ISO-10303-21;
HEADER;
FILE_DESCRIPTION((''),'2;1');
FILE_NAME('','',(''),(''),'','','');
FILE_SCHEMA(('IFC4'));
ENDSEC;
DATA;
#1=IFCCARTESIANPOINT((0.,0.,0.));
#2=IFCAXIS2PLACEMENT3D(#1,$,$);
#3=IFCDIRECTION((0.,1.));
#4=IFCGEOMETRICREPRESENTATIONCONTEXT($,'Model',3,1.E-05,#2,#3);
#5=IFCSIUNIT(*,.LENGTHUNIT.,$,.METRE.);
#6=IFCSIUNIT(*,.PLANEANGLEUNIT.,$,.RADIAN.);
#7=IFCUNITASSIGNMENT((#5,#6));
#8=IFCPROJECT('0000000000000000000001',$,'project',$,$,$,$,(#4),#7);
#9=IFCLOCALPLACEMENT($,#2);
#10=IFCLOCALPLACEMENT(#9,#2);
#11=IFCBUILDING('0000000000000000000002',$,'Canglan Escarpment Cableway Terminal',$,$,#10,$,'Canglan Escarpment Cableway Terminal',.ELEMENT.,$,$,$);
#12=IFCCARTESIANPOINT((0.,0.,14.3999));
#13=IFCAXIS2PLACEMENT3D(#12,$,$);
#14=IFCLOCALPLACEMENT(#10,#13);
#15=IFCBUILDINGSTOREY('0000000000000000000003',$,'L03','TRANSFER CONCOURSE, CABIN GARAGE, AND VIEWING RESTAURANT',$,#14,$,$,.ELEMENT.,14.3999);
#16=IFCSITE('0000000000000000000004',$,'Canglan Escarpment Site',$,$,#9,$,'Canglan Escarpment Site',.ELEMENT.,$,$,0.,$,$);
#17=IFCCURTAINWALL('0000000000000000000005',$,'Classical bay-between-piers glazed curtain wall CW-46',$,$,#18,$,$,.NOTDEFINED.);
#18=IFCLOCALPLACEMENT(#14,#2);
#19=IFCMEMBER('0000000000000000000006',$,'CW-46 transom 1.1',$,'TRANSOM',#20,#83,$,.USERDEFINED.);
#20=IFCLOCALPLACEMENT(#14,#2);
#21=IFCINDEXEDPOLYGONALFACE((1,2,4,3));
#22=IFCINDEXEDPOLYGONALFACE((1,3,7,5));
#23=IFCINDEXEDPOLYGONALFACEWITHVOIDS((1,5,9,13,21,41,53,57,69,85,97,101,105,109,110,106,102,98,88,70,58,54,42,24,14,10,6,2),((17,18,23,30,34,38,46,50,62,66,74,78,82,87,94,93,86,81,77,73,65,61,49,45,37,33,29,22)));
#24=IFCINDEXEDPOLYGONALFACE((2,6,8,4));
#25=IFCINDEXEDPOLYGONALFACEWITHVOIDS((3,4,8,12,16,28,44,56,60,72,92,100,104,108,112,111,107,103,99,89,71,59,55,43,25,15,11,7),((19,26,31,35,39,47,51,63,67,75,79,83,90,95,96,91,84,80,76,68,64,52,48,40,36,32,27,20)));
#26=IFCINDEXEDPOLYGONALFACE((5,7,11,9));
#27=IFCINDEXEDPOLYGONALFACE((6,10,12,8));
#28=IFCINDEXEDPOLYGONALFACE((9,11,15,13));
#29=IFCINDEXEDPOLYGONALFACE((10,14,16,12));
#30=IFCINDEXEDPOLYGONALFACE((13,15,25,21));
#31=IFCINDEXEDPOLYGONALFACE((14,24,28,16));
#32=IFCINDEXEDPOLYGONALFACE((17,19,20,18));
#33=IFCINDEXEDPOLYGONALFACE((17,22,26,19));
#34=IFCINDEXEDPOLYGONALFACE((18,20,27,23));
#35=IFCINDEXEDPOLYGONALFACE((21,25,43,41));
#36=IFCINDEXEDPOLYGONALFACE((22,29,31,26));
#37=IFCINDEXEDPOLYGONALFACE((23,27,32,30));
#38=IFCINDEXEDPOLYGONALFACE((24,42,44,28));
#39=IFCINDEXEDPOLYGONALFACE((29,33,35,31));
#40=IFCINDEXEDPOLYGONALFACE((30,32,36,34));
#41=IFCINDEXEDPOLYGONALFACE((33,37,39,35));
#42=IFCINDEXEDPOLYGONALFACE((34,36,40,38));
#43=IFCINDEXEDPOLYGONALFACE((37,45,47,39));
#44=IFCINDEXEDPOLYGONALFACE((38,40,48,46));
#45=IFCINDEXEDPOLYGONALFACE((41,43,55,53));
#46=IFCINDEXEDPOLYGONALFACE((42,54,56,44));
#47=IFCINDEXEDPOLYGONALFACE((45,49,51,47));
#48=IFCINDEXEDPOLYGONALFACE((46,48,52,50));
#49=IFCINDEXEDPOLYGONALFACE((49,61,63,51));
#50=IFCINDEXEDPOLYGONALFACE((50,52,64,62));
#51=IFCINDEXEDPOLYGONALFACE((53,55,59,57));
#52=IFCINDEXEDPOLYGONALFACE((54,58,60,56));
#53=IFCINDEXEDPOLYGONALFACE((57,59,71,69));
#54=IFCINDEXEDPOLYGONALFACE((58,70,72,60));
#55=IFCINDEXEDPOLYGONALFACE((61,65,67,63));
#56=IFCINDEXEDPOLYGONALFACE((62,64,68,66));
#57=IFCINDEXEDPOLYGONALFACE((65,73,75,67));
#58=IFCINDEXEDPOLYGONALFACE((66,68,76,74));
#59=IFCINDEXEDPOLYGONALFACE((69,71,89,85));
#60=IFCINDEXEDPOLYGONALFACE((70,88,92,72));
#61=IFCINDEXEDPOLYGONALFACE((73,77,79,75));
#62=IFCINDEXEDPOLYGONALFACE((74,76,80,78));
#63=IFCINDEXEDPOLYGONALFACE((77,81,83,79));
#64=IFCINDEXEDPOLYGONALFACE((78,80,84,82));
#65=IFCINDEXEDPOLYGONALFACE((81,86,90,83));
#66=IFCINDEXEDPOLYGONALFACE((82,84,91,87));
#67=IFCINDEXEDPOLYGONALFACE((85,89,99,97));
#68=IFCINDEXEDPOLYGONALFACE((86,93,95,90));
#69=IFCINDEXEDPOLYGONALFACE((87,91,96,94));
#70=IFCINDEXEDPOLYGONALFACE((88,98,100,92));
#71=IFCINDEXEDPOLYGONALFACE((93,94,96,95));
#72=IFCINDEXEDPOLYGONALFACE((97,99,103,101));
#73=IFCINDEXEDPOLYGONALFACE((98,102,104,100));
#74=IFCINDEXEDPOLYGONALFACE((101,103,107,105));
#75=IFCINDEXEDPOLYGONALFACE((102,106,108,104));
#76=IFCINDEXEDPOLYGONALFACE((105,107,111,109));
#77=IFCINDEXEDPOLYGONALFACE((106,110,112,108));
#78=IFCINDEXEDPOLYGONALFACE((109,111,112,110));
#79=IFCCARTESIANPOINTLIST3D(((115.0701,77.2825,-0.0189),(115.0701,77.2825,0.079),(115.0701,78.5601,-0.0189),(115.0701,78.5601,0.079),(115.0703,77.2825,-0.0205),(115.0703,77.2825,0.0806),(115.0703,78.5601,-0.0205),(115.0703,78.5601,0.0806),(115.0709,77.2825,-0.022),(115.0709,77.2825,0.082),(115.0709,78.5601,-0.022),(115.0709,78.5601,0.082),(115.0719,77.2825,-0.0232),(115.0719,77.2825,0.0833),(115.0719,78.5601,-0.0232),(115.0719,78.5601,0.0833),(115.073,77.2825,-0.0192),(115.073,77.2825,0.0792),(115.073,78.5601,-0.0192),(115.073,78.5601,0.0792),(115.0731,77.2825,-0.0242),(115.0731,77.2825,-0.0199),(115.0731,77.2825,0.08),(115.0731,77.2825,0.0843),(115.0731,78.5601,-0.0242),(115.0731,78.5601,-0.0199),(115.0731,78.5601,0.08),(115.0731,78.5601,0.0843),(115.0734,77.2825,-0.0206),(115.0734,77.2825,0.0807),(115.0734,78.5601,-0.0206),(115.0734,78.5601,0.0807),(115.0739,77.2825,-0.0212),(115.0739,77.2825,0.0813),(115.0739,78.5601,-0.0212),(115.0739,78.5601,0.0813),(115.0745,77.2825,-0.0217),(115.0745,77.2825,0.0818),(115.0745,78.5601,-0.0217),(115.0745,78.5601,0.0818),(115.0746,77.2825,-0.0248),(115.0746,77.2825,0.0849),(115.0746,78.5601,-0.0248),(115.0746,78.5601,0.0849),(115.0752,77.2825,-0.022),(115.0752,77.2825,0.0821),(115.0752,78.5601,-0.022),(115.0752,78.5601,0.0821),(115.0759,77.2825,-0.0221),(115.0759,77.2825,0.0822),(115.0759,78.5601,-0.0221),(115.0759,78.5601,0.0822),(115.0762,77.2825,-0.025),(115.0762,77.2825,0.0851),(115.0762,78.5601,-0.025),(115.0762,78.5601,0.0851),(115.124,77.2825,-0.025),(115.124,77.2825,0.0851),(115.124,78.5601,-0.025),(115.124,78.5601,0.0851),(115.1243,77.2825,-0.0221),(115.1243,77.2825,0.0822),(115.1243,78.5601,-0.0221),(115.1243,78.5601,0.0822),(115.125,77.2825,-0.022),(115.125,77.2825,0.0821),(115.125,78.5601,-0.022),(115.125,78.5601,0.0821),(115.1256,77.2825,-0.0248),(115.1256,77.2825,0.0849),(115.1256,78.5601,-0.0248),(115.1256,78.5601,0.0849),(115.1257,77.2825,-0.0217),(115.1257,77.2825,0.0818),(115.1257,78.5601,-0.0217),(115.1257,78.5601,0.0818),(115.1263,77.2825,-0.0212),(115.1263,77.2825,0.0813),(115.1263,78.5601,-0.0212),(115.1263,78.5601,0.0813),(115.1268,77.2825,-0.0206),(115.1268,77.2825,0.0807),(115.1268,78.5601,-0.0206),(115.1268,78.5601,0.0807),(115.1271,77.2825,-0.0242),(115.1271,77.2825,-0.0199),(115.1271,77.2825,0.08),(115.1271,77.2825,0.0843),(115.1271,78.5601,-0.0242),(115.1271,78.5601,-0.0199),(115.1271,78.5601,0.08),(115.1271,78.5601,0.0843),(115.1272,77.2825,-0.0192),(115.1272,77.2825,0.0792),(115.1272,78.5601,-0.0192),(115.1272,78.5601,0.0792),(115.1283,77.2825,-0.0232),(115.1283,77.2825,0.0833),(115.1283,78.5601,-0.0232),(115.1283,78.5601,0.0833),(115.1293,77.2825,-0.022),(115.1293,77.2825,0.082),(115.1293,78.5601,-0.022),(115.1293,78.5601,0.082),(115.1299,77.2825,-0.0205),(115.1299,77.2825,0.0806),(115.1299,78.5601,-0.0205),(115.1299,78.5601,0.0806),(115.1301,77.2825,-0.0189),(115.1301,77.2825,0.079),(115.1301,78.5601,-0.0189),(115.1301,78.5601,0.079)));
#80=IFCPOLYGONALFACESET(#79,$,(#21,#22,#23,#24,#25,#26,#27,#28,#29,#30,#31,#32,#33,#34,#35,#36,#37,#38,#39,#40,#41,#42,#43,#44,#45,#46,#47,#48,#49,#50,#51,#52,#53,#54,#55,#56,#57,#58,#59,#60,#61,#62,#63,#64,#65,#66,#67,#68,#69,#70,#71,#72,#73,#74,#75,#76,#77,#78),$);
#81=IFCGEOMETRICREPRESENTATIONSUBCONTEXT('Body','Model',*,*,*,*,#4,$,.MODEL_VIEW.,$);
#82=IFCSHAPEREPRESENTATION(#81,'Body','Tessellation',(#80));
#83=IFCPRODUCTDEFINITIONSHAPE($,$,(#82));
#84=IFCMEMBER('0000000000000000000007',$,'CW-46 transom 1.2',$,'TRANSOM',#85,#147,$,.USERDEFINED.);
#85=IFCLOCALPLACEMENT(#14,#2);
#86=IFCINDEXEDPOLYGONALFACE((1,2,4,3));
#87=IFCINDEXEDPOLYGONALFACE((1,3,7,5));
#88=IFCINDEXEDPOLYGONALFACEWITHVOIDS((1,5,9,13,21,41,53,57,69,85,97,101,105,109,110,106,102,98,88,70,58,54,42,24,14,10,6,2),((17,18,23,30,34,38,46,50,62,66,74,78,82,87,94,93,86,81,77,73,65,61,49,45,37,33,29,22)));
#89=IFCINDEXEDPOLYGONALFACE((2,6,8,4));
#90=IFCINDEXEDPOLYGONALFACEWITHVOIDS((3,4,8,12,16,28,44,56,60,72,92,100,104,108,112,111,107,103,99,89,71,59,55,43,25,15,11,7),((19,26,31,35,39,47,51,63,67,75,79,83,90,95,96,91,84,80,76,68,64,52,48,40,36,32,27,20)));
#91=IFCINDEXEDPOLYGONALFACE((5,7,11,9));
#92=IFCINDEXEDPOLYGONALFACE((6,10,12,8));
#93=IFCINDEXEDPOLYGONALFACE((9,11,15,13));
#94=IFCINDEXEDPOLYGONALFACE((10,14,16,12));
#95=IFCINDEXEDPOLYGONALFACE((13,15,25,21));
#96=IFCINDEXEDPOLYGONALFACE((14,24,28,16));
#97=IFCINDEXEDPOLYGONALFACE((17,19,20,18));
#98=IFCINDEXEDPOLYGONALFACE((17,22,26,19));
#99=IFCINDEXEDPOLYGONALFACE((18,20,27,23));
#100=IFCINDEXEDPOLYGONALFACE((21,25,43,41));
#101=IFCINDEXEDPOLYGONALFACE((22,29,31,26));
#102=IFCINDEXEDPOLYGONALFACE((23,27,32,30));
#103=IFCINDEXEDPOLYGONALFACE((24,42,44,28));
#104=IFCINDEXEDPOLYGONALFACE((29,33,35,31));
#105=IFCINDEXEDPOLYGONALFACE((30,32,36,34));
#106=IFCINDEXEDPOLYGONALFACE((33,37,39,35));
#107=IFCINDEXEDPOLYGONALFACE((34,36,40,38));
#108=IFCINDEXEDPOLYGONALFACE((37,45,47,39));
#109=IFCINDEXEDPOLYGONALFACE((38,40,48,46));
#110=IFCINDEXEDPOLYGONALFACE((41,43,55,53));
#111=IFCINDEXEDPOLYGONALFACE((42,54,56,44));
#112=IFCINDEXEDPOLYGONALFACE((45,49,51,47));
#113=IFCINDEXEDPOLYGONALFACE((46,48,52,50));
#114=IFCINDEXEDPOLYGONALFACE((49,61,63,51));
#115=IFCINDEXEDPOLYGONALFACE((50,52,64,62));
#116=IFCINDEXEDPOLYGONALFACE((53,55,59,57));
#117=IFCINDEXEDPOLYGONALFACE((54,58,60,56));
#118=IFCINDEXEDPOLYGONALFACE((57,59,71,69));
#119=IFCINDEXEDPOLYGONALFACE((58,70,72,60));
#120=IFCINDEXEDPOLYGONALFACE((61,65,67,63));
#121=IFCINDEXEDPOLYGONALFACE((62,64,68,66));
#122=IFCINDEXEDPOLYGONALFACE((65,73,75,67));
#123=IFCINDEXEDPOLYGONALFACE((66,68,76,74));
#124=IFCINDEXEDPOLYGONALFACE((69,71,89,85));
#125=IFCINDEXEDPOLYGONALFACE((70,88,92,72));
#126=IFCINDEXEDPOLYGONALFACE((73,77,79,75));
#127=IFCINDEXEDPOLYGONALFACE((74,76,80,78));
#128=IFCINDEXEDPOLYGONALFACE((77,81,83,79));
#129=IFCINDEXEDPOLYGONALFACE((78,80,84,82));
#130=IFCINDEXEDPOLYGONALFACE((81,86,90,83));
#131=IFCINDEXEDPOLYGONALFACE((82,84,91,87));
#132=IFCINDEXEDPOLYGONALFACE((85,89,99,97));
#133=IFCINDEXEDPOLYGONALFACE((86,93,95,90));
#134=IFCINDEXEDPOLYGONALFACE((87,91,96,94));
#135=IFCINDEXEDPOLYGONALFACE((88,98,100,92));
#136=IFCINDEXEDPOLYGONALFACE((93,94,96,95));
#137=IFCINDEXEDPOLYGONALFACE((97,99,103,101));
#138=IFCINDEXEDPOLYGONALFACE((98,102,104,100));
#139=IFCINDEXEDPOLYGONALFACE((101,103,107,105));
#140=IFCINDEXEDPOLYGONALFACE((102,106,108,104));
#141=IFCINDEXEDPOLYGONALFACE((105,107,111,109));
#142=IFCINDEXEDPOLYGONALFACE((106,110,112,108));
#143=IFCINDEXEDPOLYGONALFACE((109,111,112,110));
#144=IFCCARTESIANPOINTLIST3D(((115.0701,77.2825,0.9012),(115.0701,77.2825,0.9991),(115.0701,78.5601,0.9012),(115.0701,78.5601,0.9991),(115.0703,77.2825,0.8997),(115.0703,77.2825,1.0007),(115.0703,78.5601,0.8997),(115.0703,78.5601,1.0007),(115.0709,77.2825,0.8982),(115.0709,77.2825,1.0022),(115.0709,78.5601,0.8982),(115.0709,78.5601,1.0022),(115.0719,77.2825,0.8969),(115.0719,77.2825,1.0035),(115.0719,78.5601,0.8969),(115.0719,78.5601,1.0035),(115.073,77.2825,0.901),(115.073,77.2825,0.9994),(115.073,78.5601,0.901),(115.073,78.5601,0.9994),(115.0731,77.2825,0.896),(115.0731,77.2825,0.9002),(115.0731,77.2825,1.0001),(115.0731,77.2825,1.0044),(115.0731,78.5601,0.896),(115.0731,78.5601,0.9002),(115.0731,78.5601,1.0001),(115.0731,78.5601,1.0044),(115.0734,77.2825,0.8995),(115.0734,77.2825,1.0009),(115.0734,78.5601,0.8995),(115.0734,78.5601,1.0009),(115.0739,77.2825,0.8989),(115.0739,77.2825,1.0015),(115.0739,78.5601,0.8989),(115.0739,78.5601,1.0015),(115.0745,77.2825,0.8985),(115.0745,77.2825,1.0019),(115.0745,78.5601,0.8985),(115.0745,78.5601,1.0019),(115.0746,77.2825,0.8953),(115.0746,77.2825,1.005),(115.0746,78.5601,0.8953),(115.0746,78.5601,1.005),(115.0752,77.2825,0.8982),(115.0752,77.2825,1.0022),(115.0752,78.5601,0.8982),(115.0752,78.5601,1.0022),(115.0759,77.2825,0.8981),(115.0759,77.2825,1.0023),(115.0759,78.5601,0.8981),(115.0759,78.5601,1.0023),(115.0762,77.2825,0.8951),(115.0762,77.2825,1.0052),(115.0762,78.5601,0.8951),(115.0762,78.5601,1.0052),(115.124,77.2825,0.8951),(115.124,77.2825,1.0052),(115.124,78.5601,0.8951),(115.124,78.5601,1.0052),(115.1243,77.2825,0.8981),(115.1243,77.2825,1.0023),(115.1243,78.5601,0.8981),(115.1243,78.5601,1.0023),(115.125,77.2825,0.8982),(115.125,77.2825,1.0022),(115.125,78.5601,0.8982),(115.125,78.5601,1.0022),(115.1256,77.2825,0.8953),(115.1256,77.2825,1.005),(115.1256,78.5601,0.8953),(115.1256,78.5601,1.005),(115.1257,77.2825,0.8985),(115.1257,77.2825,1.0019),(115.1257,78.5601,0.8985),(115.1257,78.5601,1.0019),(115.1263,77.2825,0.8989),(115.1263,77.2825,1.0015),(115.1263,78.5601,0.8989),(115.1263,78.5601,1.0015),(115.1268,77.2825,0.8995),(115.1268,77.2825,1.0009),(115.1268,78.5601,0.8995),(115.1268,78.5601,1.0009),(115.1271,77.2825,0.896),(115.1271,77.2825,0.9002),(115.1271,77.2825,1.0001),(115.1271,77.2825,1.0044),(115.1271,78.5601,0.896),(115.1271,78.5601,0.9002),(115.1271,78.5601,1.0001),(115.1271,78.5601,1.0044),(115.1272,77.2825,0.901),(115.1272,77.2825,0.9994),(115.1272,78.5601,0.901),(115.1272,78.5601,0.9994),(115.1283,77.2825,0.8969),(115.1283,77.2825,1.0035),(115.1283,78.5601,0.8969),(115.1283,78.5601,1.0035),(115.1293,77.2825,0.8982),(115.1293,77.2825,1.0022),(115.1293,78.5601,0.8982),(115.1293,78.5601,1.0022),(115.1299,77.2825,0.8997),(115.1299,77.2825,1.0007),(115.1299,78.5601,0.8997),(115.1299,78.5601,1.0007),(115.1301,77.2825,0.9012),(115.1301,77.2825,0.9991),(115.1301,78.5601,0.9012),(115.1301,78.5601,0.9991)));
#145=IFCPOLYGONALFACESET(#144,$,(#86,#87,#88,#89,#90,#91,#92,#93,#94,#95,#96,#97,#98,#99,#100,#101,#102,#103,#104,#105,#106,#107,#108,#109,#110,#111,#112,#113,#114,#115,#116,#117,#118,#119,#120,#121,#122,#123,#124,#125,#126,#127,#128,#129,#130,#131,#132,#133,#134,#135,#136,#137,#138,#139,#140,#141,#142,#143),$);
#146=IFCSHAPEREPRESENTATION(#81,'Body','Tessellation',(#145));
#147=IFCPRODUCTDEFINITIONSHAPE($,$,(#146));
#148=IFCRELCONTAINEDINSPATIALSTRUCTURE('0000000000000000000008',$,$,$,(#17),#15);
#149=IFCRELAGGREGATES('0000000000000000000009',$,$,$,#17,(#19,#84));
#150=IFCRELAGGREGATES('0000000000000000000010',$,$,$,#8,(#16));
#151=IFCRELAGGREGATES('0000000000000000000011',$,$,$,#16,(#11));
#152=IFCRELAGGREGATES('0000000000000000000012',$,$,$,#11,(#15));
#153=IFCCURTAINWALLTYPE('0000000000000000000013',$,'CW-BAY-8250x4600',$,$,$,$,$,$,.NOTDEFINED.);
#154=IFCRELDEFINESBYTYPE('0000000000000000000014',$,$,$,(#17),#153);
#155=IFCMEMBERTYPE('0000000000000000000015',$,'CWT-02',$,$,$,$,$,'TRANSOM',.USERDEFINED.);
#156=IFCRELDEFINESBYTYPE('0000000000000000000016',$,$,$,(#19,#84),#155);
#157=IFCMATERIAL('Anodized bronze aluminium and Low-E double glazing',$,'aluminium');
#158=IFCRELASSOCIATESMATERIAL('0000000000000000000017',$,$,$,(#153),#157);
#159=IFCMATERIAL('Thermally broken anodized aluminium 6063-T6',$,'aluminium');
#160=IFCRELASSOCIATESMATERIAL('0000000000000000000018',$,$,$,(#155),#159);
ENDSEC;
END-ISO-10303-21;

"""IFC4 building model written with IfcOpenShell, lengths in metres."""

from ifc_helpers import new_model, si_unit, direction, frame, origin, origin_2d, place, context, subcontext, project, spatial, hollow_rectangle, extrude, material, material_profile, profile_set, type_object, element, aggregate, save


model = new_model("IFC4")

# Units and contexts
model_context = context("Model", 3, precision=1e-05, world=origin(), true_north=direction((0.0, 1.0)))
body_context = subcontext(model_context, "Body", "Model", "MODEL_VIEW")
ifc_project = project(units=[si_unit("LENGTHUNIT", "METRE"), si_unit("PLANEANGLEUNIT", "RADIAN")], contexts=[model_context])

# Site, building, storey
site_placement = place(None, origin())
site = spatial("IfcSite", under=ifc_project, at=site_placement, Name="Canglan Escarpment Site", LongName="Canglan Escarpment Site", CompositionType="ELEMENT", RefElevation=0.0)
building_placement = place(site_placement, origin())
building = spatial("IfcBuilding", under=site, at=building_placement, Name="Canglan Escarpment Cableway Terminal", LongName="Canglan Escarpment Cableway Terminal", CompositionType="ELEMENT")
storey_placement = place(building_placement, frame((0.0, 0.0, 14.3999)))
storey = spatial("IfcBuildingStorey", under=building, at=storey_placement, Name="L03", Description="TRANSFER CONCOURSE, CABIN GARAGE, AND VIEWING RESTAURANT", CompositionType="ELEMENT", Elevation=14.3999)

# Curtain wall, members
ifc_material_1 = material(Name="Anodized bronze aluminium and Low-E double glazing", Category="aluminium")
curtain_wall_type = type_object("IfcCurtainWallType", Name="CW-BAY-8250x4600", PredefinedType="NOTDEFINED", material=ifc_material_1)
curtain_wall_placement = place(storey_placement, origin())
curtain_wall = element("IfcCurtainWall", 1, at=curtain_wall_placement, inside=storey, type_object=curtain_wall_type, Name="Classical bay-between-piers glazed curtain wall CW-46", PredefinedType="NOTDEFINED")
ifc_material_2 = material(Name="Thermally broken anodized aluminium 6063-T6", Category="aluminium")
ifc_material_profile_1 = material_profile(ifc_material_2, hollow_rectangle(XDim=0.0601, YDim=0.1101, WallThickness=0.0029, InnerFilletRadius=0.0029, OuterFilletRadius=0.0061, at=origin_2d()), Name="ALU-TRAN 60x110x3")
ifc_profile_set_1 = profile_set([ifc_material_profile_1], Name="Thermally broken anodized aluminium 6063-T6")
member_type_1 = type_object("IfcMemberType", Name="CWT-02", ElementType="TRANSOM", PredefinedType="USERDEFINED", material=ifc_profile_set_1)
member_1_placement = place(storey_placement, frame((115.1001, 78.5601, 0.03), z_axis=(0.0, -1.0, 0.0), x_axis=(1.0, 0.0, 0.0)))
member_1 = element("IfcMember", 2, at=member_1_placement, type_object=member_type_1, Name="CW-46 transom 1.1", ObjectType="TRANSOM", PredefinedType="USERDEFINED", context=body_context, shape_type="SweptSolid", body=[
    extrude(hollow_rectangle(XDim=0.0601, YDim=0.1101, WallThickness=0.0029, InnerFilletRadius=0.0029, OuterFilletRadius=0.0061, at=origin_2d()), origin(), (0.0, 0.0, 1.0), 1.2776),
])
member_2_placement = place(storey_placement, frame((115.1001, 78.5601, 0.9502), z_axis=(0.0, -1.0, 0.0), x_axis=(1.0, 0.0, 0.0)))
member_2 = element("IfcMember", 3, at=member_2_placement, type_object=member_type_1, Name="CW-46 transom 1.2", ObjectType="TRANSOM", PredefinedType="USERDEFINED", context=body_context, shape_type="SweptSolid", body=[
    extrude(hollow_rectangle(XDim=0.0601, YDim=0.1101, WallThickness=0.0029, InnerFilletRadius=0.0029, OuterFilletRadius=0.0061, at=origin_2d()), origin(), (0.0, 0.0, 1.0), 1.2776),
])
aggregate(curtain_wall, [member_1, member_2])

save(model, "model.ifc")
